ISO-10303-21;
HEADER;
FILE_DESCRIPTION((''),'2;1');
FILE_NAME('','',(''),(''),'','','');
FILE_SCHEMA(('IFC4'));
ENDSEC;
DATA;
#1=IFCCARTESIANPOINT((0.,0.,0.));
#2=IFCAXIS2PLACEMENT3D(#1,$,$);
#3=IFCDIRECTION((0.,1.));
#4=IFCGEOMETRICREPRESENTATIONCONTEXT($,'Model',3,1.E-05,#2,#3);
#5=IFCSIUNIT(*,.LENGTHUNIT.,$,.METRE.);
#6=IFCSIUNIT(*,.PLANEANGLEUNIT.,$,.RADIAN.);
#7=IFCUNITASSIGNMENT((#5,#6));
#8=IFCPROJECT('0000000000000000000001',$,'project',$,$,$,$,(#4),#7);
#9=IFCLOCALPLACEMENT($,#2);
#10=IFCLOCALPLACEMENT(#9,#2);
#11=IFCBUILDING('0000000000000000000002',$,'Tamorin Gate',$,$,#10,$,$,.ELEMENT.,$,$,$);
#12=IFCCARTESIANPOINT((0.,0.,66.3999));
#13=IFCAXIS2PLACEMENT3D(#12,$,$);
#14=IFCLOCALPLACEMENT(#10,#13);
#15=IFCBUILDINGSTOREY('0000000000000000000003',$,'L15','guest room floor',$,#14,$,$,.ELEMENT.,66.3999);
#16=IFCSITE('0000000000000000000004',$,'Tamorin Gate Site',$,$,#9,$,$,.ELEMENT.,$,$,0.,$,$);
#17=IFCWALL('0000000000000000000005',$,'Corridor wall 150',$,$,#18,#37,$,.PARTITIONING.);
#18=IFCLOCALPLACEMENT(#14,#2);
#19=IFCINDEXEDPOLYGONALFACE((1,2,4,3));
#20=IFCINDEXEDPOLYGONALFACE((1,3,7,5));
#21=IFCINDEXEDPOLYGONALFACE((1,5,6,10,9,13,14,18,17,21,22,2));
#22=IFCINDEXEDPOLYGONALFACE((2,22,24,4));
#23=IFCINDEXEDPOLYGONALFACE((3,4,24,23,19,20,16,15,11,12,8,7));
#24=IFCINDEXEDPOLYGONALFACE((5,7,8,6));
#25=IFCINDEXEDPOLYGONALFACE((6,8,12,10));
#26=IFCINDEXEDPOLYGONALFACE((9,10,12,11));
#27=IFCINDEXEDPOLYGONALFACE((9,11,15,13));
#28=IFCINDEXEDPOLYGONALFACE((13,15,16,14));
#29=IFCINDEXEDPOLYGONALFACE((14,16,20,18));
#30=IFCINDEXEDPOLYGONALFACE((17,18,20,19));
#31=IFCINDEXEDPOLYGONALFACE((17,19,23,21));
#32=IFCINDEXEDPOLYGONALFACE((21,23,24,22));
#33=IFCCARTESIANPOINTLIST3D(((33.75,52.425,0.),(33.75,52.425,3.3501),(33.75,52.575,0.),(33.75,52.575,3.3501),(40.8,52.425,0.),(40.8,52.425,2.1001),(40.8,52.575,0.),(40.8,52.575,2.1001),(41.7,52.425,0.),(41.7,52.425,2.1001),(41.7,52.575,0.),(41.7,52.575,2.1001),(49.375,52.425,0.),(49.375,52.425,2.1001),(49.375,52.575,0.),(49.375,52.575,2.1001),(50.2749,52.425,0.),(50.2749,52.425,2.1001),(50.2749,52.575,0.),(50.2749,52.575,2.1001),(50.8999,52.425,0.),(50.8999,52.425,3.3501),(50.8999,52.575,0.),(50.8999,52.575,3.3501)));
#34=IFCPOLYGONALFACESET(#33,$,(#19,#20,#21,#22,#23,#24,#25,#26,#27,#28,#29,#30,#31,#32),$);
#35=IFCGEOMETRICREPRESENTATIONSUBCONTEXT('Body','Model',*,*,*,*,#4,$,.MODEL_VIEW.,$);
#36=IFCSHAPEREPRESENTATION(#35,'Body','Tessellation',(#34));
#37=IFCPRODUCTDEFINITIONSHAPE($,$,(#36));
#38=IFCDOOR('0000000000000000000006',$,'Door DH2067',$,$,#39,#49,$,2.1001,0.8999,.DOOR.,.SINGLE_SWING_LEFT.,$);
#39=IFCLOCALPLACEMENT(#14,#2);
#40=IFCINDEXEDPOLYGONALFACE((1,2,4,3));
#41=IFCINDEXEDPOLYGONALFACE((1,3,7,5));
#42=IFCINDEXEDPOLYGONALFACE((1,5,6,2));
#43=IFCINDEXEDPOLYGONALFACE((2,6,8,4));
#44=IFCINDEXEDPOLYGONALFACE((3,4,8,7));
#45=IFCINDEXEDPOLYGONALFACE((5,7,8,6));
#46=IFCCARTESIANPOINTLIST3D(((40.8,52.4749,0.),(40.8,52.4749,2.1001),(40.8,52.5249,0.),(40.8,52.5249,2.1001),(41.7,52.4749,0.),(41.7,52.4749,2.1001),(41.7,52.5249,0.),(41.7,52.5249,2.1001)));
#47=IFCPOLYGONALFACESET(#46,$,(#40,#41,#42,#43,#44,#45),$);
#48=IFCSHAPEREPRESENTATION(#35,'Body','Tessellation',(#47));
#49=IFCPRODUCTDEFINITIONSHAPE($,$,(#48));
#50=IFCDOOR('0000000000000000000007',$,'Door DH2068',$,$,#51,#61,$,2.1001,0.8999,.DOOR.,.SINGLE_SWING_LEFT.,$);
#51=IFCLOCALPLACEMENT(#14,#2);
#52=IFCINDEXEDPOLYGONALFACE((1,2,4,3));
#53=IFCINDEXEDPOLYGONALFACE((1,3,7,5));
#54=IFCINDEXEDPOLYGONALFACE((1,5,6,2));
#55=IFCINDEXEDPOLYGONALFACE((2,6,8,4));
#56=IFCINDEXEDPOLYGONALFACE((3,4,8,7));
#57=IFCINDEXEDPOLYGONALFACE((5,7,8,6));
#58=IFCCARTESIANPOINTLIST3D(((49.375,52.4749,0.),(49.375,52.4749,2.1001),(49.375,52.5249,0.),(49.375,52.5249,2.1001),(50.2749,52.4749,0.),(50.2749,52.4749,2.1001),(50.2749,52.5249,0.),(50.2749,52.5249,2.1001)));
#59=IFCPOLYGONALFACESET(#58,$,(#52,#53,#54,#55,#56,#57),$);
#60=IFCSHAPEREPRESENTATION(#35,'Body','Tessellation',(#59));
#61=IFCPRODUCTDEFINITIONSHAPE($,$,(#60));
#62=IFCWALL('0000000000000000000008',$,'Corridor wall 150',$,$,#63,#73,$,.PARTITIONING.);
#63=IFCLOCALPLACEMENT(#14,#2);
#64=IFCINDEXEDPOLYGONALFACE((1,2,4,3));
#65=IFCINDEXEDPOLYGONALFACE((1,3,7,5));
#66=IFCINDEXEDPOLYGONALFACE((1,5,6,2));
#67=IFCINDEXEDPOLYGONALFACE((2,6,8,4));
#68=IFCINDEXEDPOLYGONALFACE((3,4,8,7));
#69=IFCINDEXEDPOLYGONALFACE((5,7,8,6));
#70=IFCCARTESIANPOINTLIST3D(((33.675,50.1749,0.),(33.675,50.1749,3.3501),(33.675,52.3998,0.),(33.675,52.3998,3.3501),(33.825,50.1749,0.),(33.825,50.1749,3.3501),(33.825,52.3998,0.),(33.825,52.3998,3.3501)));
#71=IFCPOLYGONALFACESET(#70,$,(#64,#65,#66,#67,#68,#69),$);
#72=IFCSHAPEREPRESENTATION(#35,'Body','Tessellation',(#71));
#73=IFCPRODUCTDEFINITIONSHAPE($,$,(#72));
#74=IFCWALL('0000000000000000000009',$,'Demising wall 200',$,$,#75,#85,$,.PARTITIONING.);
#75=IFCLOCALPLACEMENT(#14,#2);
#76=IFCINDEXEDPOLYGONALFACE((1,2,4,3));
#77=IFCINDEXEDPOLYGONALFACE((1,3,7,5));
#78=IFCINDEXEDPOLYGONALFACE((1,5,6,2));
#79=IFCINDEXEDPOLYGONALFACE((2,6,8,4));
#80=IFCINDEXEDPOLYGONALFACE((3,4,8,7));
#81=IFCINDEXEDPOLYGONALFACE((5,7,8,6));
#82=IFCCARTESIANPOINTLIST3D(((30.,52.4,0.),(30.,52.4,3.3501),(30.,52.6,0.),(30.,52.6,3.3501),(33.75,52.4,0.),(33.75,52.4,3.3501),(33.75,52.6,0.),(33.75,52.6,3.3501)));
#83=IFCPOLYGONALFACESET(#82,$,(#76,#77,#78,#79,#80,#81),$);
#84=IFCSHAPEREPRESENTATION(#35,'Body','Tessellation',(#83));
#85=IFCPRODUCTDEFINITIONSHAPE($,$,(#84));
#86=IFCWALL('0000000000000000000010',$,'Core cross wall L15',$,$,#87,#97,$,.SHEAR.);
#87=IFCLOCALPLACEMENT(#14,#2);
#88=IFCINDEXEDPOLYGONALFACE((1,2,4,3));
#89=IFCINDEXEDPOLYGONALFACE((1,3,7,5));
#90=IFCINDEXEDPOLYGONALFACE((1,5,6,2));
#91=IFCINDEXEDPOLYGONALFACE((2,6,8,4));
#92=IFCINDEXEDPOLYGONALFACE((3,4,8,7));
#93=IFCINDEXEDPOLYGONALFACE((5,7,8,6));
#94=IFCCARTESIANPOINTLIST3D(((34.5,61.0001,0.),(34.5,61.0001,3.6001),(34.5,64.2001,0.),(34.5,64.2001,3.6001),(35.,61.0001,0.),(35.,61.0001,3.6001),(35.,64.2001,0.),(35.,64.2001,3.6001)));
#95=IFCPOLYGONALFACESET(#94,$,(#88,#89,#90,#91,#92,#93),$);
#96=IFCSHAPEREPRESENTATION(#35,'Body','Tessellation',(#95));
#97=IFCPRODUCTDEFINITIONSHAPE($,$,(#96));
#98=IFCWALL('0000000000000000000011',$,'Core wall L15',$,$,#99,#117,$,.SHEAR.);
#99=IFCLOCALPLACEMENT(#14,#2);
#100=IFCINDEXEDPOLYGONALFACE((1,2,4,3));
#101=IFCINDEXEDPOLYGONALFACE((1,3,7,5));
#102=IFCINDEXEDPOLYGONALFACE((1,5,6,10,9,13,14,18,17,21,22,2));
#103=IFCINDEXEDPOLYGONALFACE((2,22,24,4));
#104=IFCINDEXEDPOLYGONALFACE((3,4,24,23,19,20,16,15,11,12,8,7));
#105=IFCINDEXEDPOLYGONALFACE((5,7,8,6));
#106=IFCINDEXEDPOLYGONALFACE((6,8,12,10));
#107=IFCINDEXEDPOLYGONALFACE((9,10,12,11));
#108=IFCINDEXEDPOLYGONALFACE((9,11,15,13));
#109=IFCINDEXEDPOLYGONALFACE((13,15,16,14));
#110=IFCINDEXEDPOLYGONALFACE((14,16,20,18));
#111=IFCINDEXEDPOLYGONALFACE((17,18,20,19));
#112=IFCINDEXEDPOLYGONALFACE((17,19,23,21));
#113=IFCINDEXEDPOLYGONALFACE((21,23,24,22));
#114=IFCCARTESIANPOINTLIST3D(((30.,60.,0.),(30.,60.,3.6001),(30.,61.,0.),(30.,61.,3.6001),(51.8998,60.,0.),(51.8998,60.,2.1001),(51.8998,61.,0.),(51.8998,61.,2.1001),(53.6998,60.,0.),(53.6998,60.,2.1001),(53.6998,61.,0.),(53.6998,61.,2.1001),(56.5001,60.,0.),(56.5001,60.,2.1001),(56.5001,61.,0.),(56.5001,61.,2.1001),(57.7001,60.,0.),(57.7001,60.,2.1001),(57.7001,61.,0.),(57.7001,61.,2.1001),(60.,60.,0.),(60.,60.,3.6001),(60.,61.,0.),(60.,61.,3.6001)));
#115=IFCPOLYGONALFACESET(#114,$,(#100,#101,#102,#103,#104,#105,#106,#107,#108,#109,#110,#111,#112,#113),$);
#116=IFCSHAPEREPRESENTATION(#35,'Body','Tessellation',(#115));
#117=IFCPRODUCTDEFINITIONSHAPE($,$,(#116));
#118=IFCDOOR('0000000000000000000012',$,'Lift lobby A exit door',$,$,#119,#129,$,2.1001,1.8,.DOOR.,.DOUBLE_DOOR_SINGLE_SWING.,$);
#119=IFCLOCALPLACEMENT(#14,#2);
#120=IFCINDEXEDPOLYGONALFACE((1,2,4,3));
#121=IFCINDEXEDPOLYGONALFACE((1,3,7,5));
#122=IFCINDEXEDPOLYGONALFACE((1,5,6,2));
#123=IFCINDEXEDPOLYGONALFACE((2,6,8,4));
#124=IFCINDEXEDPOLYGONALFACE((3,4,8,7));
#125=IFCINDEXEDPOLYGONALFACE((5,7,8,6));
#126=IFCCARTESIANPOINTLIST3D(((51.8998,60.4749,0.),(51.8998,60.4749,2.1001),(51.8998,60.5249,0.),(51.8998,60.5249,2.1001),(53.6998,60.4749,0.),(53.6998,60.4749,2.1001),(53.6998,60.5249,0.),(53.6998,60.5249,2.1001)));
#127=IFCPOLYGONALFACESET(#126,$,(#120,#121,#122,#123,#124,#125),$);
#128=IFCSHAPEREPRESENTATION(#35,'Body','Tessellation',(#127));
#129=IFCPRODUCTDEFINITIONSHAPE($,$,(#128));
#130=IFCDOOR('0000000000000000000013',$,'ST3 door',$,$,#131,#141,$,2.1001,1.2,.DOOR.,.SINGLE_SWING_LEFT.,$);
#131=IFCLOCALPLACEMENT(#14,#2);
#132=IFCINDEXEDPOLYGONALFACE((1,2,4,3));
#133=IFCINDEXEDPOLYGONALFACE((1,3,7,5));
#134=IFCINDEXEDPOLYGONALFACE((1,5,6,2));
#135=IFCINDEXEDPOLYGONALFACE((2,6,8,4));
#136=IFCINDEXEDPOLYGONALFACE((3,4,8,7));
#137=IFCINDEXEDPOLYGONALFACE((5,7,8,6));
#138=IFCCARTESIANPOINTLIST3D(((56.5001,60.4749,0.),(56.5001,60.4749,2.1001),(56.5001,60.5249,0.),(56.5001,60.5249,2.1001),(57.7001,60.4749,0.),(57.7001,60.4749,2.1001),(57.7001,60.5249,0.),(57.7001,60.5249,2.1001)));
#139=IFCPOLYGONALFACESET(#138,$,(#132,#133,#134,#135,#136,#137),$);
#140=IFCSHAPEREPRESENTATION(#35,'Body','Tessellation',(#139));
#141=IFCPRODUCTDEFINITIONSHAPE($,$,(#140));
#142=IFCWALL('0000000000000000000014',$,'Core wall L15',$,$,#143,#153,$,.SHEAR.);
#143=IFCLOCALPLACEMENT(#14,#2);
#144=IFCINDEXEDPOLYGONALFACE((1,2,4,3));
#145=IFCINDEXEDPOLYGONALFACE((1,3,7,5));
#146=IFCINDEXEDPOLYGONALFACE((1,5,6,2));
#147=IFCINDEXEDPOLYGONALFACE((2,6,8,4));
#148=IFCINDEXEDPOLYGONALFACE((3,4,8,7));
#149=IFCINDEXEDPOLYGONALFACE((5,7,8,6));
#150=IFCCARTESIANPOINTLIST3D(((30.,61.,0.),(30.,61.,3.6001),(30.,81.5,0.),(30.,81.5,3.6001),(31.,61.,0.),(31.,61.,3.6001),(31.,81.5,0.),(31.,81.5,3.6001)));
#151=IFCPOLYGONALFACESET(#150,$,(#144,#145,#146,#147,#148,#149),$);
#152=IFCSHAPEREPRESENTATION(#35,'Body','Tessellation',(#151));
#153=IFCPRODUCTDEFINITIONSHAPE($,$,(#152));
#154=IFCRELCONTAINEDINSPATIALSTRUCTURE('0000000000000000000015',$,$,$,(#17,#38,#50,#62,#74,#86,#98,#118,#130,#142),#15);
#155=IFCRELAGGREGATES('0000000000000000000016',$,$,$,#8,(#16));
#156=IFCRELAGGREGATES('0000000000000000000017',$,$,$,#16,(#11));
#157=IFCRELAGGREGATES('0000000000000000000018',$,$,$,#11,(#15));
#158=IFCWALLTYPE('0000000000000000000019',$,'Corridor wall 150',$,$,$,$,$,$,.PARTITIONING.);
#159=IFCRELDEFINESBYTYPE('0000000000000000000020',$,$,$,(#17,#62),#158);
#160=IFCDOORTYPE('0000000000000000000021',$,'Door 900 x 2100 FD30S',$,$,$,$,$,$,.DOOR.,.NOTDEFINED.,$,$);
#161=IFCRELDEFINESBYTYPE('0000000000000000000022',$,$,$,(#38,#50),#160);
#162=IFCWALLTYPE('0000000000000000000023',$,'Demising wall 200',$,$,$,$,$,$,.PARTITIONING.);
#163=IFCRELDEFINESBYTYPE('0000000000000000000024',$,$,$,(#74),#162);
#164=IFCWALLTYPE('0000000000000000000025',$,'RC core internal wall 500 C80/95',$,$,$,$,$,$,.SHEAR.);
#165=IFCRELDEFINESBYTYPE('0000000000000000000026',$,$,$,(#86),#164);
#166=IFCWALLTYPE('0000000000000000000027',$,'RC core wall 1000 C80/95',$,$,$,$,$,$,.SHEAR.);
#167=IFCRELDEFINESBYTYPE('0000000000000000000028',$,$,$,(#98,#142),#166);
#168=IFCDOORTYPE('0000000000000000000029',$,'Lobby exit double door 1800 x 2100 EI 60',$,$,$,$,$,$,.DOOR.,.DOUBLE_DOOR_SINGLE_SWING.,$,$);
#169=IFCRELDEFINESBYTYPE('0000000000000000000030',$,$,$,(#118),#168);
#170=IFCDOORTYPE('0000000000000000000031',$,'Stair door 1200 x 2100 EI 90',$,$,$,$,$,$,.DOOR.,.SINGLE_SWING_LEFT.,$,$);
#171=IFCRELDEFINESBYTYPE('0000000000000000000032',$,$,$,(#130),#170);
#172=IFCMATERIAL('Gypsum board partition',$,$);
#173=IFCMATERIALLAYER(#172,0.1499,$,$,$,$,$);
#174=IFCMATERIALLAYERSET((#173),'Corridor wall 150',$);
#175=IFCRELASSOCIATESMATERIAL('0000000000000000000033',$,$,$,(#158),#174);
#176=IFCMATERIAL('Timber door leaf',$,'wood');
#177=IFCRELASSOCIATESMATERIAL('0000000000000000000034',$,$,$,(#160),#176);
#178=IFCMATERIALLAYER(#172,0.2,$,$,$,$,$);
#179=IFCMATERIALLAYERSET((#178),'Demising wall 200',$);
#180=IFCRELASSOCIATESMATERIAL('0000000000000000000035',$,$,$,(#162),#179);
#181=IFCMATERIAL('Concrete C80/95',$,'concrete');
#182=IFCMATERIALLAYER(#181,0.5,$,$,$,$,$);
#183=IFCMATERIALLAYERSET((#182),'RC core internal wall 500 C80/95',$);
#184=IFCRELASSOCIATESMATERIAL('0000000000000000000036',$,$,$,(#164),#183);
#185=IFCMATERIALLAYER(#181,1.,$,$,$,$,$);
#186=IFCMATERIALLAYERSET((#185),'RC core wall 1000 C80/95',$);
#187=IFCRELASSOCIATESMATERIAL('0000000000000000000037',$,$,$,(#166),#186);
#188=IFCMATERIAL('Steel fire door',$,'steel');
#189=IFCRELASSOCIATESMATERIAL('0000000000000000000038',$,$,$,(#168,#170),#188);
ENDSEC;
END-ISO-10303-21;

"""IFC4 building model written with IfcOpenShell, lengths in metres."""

from ifc_helpers import new_model, si_unit, direction, frame, frame_2d, origin, place, context, subcontext, project, spatial, rectangle, extrude, material, layer, layer_set, type_object, element, fill, save


model = new_model("IFC4")

# Units and contexts
model_context = context("Model", 3, precision=1e-05, world=origin(), true_north=direction((0.0, 1.0)))
body_context = subcontext(model_context, "Body", "Model", "MODEL_VIEW")
ifc_project = project(units=[si_unit("LENGTHUNIT", "METRE"), si_unit("PLANEANGLEUNIT", "RADIAN")], contexts=[model_context])

# Site, building, storey
site_placement = place(None, origin())
site = spatial("IfcSite", under=ifc_project, at=site_placement, Name="Tamorin Gate Site", CompositionType="ELEMENT", RefElevation=0.0)
building_placement = place(site_placement, origin())
building = spatial("IfcBuilding", under=site, at=building_placement, Name="Tamorin Gate", CompositionType="ELEMENT")
storey_placement = place(building_placement, frame((0.0, 0.0, 66.3999)))
storey = spatial("IfcBuildingStorey", under=building, at=storey_placement, Name="L15", Description="guest room floor", CompositionType="ELEMENT", Elevation=66.3999)

# Shared definitions
ifc_material_1 = material(Name="Concrete C80/95", Category="concrete")

# Wall, openings, doors
ifc_material_2 = material(Name="Gypsum board partition")
ifc_layer_1 = layer(ifc_material_2, 0.1499)
ifc_layer_set_1 = layer_set([ifc_layer_1], Name="Corridor wall 150")
wall_type_1 = type_object("IfcWallType", Name="Corridor wall 150", PredefinedType="PARTITIONING", material=ifc_layer_set_1)
ifc_material_3 = material(Name="Timber door leaf", Category="wood")
door_type_1 = type_object("IfcDoorType", Name="Door 900 x 2100 FD30S", OperationType="NOTDEFINED", PredefinedType="DOOR", material=ifc_material_3)
wall_1_placement = place(storey_placement, frame((33.75, 52.5, 0.0), z_axis=(0.0, 0.0, 1.0), x_axis=(1.0, 0.0, 0.0)))
wall_1 = element("IfcWall", 1, at=wall_1_placement, inside=storey, type_object=wall_type_1, Name="Corridor wall 150", PredefinedType="PARTITIONING", context=body_context, shape_type="SweptSolid", body=[
    extrude(rectangle(XDim=17.1499, YDim=0.1499, at=frame_2d((8.575, 0.0))), origin(), (0.0, 0.0, 1.0), 3.3501),
])
opening_1_placement = place(wall_1_placement, frame((7.05, 0.0, 0.0)))
opening_1 = element("IfcOpeningElement", 2, at=opening_1_placement, cuts=wall_1, PredefinedType="OPENING", context=body_context, shape_type="SweptSolid", body=[
    extrude(rectangle(XDim=0.8999, YDim=2.1001, at=frame_2d((0.45, 1.05))), frame((0.0, 0.085, 0.0), z_axis=(0.0, -1.0, 0.0), x_axis=(1.0, 0.0, 0.0)), (0.0, 0.0, 1.0), 0.1699),
])
opening_2_placement = place(wall_1_placement, frame((15.625, 0.0, 0.0)))
opening_2 = element("IfcOpeningElement", 3, at=opening_2_placement, cuts=wall_1, PredefinedType="OPENING", context=body_context, shape_type="SweptSolid", body=[
    extrude(rectangle(XDim=0.8999, YDim=2.1001, at=frame_2d((0.45, 1.05))), frame((0.0, 0.085, 0.0), z_axis=(0.0, -1.0, 0.0), x_axis=(1.0, 0.0, 0.0)), (0.0, 0.0, 1.0), 0.1699),
])
door_1_placement = place(opening_1_placement, origin())
door_1 = element("IfcDoor", 4, at=door_1_placement, inside=storey, type_object=door_type_1, Name="Door DH2067", OperationType="SINGLE_SWING_LEFT", OverallHeight=2.1001, OverallWidth=0.8999, PredefinedType="DOOR", context=body_context, shape_type="SweptSolid", body=[
    extrude(rectangle(XDim=0.8999, YDim=2.1001, at=frame_2d((0.45, 1.05))), frame((0.0, 0.0249, 0.0), z_axis=(0.0, -1.0, 0.0), x_axis=(1.0, 0.0, 0.0)), (0.0, 0.0, 1.0), 0.05),
])
fill(opening_1, door_1)
door_2_placement = place(opening_2_placement, origin())
door_2 = element("IfcDoor", 5, at=door_2_placement, inside=storey, type_object=door_type_1, Name="Door DH2068", OperationType="SINGLE_SWING_LEFT", OverallHeight=2.1001, OverallWidth=0.8999, PredefinedType="DOOR", context=body_context, shape_type="SweptSolid", body=[
    extrude(rectangle(XDim=0.8999, YDim=2.1001, at=frame_2d((0.45, 1.05))), frame((0.0, 0.0249, 0.0), z_axis=(0.0, -1.0, 0.0), x_axis=(1.0, 0.0, 0.0)), (0.0, 0.0, 1.0), 0.05),
])
fill(opening_2, door_2)

# Walls
wall_2_placement = place(storey_placement, frame((33.75, 50.175, 0.0), z_axis=(0.0, 0.0, 1.0), x_axis=(0.0, 1.0, 0.0)))
element("IfcWall", 6, at=wall_2_placement, inside=storey, type_object=wall_type_1, Name="Corridor wall 150", PredefinedType="PARTITIONING", context=body_context, shape_type="SweptSolid", body=[
    extrude(rectangle(XDim=2.2249, YDim=0.1499, at=frame_2d((1.1123, 0.0))), origin(), (0.0, 0.0, 1.0), 3.3501),
])
ifc_layer_2 = layer(ifc_material_2, 0.2)
ifc_layer_set_2 = layer_set([ifc_layer_2], Name="Demising wall 200")
wall_type_2 = type_object("IfcWallType", Name="Demising wall 200", PredefinedType="PARTITIONING", material=ifc_layer_set_2)
wall_3_placement = place(storey_placement, frame((30.0, 52.5, 0.0), z_axis=(0.0, 0.0, 1.0), x_axis=(1.0, 0.0, 0.0)))
element("IfcWall", 7, at=wall_3_placement, inside=storey, type_object=wall_type_2, Name="Demising wall 200", PredefinedType="PARTITIONING", context=body_context, shape_type="SweptSolid", body=[
    extrude(rectangle(XDim=3.75, YDim=0.2, at=frame_2d((1.875, 0.0))), origin(), (0.0, 0.0, 1.0), 3.3501),
])
ifc_layer_3 = layer(ifc_material_1, 0.5)
ifc_layer_set_3 = layer_set([ifc_layer_3], Name="RC core internal wall 500 C80/95")
wall_type_3 = type_object("IfcWallType", Name="RC core internal wall 500 C80/95", PredefinedType="SHEAR", material=ifc_layer_set_3)
wall_4_placement = place(storey_placement, frame((34.75, 61.0, 0.0), z_axis=(0.0, 0.0, 1.0), x_axis=(0.0, 1.0, 0.0)))
element("IfcWall", 8, at=wall_4_placement, inside=storey, type_object=wall_type_3, Name="Core cross wall L15", PredefinedType="SHEAR", context=body_context, shape_type="SweptSolid", body=[
    extrude(rectangle(XDim=3.2, YDim=0.5, at=frame_2d((1.6001, 0.0))), origin(), (0.0, 0.0, 1.0), 3.6001),
])

# Wall, openings, doors
ifc_layer_4 = layer(ifc_material_1, 1.0)
ifc_layer_set_4 = layer_set([ifc_layer_4], Name="RC core wall 1000 C80/95")
wall_type_4 = type_object("IfcWallType", Name="RC core wall 1000 C80/95", PredefinedType="SHEAR", material=ifc_layer_set_4)
wall_5_placement = place(storey_placement, frame((30.0, 60.5, 0.0), z_axis=(0.0, 0.0, 1.0), x_axis=(1.0, 0.0, 0.0)))
wall_5 = element("IfcWall", 9, at=wall_5_placement, inside=storey, type_object=wall_type_4, Name="Core wall L15", PredefinedType="SHEAR", context=body_context, shape_type="SweptSolid", body=[
    extrude(rectangle(XDim=30.0, YDim=1.0, at=frame_2d((15.0, 0.0))), origin(), (0.0, 0.0, 1.0), 3.6001),
])
opening_3_placement = place(wall_5_placement, frame((21.8999, 0.0, 0.0)))
opening_3 = element("IfcOpeningElement", 10, at=opening_3_placement, cuts=wall_5, PredefinedType="OPENING", context=body_context, shape_type="SweptSolid", body=[
    extrude(rectangle(XDim=1.8, YDim=2.1001, at=frame_2d((0.8999, 1.05))), frame((0.0, 0.51, 0.0), z_axis=(0.0, -1.0, 0.0), x_axis=(1.0, 0.0, 0.0)), (0.0, 0.0, 1.0), 1.02),
])
opening_4_placement = place(wall_5_placement, frame((26.5, 0.0, 0.0)))
opening_4 = element("IfcOpeningElement", 11, at=opening_4_placement, cuts=wall_5, PredefinedType="OPENING", context=body_context, shape_type="SweptSolid", body=[
    extrude(rectangle(XDim=1.2, YDim=2.1001, at=frame_2d((0.6001, 1.05))), frame((0.0, 0.51, 0.0), z_axis=(0.0, -1.0, 0.0), x_axis=(1.0, 0.0, 0.0)), (0.0, 0.0, 1.0), 1.02),
])
ifc_material_4 = material(Name="Steel fire door", Category="steel")
door_type_2 = type_object("IfcDoorType", Name="Lobby exit double door 1800 x 2100 EI 60", OperationType="DOUBLE_DOOR_SINGLE_SWING", PredefinedType="DOOR", material=ifc_material_4)
door_3_placement = place(opening_3_placement, origin())
door_3 = element("IfcDoor", 12, at=door_3_placement, inside=storey, type_object=door_type_2, Name="Lift lobby A exit door", OperationType="DOUBLE_DOOR_SINGLE_SWING", OverallHeight=2.1001, OverallWidth=1.8, PredefinedType="DOOR", context=body_context, shape_type="SweptSolid", body=[
    extrude(rectangle(XDim=1.8, YDim=2.1001, at=frame_2d((0.8999, 1.05))), frame((0.0, 0.0249, 0.0), z_axis=(0.0, -1.0, 0.0), x_axis=(1.0, 0.0, 0.0)), (0.0, 0.0, 1.0), 0.05),
])
fill(opening_3, door_3)
door_type_3 = type_object("IfcDoorType", Name="Stair door 1200 x 2100 EI 90", OperationType="SINGLE_SWING_LEFT", PredefinedType="DOOR", material=ifc_material_4)
door_4_placement = place(opening_4_placement, origin())
door_4 = element("IfcDoor", 13, at=door_4_placement, inside=storey, type_object=door_type_3, Name="ST3 door", OperationType="SINGLE_SWING_LEFT", OverallHeight=2.1001, OverallWidth=1.2, PredefinedType="DOOR", context=body_context, shape_type="SweptSolid", body=[
    extrude(rectangle(XDim=1.2, YDim=2.1001, at=frame_2d((0.6001, 1.05))), frame((0.0, 0.0249, 0.0), z_axis=(0.0, -1.0, 0.0), x_axis=(1.0, 0.0, 0.0)), (0.0, 0.0, 1.0), 0.05),
])
fill(opening_4, door_4)

# Wall
wall_6_placement = place(storey_placement, frame((30.5, 61.0, 0.0), z_axis=(0.0, 0.0, 1.0), x_axis=(0.0, 1.0, 0.0)))
element("IfcWall", 14, at=wall_6_placement, inside=storey, type_object=wall_type_4, Name="Core wall L15", PredefinedType="SHEAR", context=body_context, shape_type="SweptSolid", body=[
    extrude(rectangle(XDim=20.5, YDim=1.0, at=frame_2d((10.25, 0.0))), origin(), (0.0, 0.0, 1.0), 3.6001),
])

save(model, "model.ifc")
